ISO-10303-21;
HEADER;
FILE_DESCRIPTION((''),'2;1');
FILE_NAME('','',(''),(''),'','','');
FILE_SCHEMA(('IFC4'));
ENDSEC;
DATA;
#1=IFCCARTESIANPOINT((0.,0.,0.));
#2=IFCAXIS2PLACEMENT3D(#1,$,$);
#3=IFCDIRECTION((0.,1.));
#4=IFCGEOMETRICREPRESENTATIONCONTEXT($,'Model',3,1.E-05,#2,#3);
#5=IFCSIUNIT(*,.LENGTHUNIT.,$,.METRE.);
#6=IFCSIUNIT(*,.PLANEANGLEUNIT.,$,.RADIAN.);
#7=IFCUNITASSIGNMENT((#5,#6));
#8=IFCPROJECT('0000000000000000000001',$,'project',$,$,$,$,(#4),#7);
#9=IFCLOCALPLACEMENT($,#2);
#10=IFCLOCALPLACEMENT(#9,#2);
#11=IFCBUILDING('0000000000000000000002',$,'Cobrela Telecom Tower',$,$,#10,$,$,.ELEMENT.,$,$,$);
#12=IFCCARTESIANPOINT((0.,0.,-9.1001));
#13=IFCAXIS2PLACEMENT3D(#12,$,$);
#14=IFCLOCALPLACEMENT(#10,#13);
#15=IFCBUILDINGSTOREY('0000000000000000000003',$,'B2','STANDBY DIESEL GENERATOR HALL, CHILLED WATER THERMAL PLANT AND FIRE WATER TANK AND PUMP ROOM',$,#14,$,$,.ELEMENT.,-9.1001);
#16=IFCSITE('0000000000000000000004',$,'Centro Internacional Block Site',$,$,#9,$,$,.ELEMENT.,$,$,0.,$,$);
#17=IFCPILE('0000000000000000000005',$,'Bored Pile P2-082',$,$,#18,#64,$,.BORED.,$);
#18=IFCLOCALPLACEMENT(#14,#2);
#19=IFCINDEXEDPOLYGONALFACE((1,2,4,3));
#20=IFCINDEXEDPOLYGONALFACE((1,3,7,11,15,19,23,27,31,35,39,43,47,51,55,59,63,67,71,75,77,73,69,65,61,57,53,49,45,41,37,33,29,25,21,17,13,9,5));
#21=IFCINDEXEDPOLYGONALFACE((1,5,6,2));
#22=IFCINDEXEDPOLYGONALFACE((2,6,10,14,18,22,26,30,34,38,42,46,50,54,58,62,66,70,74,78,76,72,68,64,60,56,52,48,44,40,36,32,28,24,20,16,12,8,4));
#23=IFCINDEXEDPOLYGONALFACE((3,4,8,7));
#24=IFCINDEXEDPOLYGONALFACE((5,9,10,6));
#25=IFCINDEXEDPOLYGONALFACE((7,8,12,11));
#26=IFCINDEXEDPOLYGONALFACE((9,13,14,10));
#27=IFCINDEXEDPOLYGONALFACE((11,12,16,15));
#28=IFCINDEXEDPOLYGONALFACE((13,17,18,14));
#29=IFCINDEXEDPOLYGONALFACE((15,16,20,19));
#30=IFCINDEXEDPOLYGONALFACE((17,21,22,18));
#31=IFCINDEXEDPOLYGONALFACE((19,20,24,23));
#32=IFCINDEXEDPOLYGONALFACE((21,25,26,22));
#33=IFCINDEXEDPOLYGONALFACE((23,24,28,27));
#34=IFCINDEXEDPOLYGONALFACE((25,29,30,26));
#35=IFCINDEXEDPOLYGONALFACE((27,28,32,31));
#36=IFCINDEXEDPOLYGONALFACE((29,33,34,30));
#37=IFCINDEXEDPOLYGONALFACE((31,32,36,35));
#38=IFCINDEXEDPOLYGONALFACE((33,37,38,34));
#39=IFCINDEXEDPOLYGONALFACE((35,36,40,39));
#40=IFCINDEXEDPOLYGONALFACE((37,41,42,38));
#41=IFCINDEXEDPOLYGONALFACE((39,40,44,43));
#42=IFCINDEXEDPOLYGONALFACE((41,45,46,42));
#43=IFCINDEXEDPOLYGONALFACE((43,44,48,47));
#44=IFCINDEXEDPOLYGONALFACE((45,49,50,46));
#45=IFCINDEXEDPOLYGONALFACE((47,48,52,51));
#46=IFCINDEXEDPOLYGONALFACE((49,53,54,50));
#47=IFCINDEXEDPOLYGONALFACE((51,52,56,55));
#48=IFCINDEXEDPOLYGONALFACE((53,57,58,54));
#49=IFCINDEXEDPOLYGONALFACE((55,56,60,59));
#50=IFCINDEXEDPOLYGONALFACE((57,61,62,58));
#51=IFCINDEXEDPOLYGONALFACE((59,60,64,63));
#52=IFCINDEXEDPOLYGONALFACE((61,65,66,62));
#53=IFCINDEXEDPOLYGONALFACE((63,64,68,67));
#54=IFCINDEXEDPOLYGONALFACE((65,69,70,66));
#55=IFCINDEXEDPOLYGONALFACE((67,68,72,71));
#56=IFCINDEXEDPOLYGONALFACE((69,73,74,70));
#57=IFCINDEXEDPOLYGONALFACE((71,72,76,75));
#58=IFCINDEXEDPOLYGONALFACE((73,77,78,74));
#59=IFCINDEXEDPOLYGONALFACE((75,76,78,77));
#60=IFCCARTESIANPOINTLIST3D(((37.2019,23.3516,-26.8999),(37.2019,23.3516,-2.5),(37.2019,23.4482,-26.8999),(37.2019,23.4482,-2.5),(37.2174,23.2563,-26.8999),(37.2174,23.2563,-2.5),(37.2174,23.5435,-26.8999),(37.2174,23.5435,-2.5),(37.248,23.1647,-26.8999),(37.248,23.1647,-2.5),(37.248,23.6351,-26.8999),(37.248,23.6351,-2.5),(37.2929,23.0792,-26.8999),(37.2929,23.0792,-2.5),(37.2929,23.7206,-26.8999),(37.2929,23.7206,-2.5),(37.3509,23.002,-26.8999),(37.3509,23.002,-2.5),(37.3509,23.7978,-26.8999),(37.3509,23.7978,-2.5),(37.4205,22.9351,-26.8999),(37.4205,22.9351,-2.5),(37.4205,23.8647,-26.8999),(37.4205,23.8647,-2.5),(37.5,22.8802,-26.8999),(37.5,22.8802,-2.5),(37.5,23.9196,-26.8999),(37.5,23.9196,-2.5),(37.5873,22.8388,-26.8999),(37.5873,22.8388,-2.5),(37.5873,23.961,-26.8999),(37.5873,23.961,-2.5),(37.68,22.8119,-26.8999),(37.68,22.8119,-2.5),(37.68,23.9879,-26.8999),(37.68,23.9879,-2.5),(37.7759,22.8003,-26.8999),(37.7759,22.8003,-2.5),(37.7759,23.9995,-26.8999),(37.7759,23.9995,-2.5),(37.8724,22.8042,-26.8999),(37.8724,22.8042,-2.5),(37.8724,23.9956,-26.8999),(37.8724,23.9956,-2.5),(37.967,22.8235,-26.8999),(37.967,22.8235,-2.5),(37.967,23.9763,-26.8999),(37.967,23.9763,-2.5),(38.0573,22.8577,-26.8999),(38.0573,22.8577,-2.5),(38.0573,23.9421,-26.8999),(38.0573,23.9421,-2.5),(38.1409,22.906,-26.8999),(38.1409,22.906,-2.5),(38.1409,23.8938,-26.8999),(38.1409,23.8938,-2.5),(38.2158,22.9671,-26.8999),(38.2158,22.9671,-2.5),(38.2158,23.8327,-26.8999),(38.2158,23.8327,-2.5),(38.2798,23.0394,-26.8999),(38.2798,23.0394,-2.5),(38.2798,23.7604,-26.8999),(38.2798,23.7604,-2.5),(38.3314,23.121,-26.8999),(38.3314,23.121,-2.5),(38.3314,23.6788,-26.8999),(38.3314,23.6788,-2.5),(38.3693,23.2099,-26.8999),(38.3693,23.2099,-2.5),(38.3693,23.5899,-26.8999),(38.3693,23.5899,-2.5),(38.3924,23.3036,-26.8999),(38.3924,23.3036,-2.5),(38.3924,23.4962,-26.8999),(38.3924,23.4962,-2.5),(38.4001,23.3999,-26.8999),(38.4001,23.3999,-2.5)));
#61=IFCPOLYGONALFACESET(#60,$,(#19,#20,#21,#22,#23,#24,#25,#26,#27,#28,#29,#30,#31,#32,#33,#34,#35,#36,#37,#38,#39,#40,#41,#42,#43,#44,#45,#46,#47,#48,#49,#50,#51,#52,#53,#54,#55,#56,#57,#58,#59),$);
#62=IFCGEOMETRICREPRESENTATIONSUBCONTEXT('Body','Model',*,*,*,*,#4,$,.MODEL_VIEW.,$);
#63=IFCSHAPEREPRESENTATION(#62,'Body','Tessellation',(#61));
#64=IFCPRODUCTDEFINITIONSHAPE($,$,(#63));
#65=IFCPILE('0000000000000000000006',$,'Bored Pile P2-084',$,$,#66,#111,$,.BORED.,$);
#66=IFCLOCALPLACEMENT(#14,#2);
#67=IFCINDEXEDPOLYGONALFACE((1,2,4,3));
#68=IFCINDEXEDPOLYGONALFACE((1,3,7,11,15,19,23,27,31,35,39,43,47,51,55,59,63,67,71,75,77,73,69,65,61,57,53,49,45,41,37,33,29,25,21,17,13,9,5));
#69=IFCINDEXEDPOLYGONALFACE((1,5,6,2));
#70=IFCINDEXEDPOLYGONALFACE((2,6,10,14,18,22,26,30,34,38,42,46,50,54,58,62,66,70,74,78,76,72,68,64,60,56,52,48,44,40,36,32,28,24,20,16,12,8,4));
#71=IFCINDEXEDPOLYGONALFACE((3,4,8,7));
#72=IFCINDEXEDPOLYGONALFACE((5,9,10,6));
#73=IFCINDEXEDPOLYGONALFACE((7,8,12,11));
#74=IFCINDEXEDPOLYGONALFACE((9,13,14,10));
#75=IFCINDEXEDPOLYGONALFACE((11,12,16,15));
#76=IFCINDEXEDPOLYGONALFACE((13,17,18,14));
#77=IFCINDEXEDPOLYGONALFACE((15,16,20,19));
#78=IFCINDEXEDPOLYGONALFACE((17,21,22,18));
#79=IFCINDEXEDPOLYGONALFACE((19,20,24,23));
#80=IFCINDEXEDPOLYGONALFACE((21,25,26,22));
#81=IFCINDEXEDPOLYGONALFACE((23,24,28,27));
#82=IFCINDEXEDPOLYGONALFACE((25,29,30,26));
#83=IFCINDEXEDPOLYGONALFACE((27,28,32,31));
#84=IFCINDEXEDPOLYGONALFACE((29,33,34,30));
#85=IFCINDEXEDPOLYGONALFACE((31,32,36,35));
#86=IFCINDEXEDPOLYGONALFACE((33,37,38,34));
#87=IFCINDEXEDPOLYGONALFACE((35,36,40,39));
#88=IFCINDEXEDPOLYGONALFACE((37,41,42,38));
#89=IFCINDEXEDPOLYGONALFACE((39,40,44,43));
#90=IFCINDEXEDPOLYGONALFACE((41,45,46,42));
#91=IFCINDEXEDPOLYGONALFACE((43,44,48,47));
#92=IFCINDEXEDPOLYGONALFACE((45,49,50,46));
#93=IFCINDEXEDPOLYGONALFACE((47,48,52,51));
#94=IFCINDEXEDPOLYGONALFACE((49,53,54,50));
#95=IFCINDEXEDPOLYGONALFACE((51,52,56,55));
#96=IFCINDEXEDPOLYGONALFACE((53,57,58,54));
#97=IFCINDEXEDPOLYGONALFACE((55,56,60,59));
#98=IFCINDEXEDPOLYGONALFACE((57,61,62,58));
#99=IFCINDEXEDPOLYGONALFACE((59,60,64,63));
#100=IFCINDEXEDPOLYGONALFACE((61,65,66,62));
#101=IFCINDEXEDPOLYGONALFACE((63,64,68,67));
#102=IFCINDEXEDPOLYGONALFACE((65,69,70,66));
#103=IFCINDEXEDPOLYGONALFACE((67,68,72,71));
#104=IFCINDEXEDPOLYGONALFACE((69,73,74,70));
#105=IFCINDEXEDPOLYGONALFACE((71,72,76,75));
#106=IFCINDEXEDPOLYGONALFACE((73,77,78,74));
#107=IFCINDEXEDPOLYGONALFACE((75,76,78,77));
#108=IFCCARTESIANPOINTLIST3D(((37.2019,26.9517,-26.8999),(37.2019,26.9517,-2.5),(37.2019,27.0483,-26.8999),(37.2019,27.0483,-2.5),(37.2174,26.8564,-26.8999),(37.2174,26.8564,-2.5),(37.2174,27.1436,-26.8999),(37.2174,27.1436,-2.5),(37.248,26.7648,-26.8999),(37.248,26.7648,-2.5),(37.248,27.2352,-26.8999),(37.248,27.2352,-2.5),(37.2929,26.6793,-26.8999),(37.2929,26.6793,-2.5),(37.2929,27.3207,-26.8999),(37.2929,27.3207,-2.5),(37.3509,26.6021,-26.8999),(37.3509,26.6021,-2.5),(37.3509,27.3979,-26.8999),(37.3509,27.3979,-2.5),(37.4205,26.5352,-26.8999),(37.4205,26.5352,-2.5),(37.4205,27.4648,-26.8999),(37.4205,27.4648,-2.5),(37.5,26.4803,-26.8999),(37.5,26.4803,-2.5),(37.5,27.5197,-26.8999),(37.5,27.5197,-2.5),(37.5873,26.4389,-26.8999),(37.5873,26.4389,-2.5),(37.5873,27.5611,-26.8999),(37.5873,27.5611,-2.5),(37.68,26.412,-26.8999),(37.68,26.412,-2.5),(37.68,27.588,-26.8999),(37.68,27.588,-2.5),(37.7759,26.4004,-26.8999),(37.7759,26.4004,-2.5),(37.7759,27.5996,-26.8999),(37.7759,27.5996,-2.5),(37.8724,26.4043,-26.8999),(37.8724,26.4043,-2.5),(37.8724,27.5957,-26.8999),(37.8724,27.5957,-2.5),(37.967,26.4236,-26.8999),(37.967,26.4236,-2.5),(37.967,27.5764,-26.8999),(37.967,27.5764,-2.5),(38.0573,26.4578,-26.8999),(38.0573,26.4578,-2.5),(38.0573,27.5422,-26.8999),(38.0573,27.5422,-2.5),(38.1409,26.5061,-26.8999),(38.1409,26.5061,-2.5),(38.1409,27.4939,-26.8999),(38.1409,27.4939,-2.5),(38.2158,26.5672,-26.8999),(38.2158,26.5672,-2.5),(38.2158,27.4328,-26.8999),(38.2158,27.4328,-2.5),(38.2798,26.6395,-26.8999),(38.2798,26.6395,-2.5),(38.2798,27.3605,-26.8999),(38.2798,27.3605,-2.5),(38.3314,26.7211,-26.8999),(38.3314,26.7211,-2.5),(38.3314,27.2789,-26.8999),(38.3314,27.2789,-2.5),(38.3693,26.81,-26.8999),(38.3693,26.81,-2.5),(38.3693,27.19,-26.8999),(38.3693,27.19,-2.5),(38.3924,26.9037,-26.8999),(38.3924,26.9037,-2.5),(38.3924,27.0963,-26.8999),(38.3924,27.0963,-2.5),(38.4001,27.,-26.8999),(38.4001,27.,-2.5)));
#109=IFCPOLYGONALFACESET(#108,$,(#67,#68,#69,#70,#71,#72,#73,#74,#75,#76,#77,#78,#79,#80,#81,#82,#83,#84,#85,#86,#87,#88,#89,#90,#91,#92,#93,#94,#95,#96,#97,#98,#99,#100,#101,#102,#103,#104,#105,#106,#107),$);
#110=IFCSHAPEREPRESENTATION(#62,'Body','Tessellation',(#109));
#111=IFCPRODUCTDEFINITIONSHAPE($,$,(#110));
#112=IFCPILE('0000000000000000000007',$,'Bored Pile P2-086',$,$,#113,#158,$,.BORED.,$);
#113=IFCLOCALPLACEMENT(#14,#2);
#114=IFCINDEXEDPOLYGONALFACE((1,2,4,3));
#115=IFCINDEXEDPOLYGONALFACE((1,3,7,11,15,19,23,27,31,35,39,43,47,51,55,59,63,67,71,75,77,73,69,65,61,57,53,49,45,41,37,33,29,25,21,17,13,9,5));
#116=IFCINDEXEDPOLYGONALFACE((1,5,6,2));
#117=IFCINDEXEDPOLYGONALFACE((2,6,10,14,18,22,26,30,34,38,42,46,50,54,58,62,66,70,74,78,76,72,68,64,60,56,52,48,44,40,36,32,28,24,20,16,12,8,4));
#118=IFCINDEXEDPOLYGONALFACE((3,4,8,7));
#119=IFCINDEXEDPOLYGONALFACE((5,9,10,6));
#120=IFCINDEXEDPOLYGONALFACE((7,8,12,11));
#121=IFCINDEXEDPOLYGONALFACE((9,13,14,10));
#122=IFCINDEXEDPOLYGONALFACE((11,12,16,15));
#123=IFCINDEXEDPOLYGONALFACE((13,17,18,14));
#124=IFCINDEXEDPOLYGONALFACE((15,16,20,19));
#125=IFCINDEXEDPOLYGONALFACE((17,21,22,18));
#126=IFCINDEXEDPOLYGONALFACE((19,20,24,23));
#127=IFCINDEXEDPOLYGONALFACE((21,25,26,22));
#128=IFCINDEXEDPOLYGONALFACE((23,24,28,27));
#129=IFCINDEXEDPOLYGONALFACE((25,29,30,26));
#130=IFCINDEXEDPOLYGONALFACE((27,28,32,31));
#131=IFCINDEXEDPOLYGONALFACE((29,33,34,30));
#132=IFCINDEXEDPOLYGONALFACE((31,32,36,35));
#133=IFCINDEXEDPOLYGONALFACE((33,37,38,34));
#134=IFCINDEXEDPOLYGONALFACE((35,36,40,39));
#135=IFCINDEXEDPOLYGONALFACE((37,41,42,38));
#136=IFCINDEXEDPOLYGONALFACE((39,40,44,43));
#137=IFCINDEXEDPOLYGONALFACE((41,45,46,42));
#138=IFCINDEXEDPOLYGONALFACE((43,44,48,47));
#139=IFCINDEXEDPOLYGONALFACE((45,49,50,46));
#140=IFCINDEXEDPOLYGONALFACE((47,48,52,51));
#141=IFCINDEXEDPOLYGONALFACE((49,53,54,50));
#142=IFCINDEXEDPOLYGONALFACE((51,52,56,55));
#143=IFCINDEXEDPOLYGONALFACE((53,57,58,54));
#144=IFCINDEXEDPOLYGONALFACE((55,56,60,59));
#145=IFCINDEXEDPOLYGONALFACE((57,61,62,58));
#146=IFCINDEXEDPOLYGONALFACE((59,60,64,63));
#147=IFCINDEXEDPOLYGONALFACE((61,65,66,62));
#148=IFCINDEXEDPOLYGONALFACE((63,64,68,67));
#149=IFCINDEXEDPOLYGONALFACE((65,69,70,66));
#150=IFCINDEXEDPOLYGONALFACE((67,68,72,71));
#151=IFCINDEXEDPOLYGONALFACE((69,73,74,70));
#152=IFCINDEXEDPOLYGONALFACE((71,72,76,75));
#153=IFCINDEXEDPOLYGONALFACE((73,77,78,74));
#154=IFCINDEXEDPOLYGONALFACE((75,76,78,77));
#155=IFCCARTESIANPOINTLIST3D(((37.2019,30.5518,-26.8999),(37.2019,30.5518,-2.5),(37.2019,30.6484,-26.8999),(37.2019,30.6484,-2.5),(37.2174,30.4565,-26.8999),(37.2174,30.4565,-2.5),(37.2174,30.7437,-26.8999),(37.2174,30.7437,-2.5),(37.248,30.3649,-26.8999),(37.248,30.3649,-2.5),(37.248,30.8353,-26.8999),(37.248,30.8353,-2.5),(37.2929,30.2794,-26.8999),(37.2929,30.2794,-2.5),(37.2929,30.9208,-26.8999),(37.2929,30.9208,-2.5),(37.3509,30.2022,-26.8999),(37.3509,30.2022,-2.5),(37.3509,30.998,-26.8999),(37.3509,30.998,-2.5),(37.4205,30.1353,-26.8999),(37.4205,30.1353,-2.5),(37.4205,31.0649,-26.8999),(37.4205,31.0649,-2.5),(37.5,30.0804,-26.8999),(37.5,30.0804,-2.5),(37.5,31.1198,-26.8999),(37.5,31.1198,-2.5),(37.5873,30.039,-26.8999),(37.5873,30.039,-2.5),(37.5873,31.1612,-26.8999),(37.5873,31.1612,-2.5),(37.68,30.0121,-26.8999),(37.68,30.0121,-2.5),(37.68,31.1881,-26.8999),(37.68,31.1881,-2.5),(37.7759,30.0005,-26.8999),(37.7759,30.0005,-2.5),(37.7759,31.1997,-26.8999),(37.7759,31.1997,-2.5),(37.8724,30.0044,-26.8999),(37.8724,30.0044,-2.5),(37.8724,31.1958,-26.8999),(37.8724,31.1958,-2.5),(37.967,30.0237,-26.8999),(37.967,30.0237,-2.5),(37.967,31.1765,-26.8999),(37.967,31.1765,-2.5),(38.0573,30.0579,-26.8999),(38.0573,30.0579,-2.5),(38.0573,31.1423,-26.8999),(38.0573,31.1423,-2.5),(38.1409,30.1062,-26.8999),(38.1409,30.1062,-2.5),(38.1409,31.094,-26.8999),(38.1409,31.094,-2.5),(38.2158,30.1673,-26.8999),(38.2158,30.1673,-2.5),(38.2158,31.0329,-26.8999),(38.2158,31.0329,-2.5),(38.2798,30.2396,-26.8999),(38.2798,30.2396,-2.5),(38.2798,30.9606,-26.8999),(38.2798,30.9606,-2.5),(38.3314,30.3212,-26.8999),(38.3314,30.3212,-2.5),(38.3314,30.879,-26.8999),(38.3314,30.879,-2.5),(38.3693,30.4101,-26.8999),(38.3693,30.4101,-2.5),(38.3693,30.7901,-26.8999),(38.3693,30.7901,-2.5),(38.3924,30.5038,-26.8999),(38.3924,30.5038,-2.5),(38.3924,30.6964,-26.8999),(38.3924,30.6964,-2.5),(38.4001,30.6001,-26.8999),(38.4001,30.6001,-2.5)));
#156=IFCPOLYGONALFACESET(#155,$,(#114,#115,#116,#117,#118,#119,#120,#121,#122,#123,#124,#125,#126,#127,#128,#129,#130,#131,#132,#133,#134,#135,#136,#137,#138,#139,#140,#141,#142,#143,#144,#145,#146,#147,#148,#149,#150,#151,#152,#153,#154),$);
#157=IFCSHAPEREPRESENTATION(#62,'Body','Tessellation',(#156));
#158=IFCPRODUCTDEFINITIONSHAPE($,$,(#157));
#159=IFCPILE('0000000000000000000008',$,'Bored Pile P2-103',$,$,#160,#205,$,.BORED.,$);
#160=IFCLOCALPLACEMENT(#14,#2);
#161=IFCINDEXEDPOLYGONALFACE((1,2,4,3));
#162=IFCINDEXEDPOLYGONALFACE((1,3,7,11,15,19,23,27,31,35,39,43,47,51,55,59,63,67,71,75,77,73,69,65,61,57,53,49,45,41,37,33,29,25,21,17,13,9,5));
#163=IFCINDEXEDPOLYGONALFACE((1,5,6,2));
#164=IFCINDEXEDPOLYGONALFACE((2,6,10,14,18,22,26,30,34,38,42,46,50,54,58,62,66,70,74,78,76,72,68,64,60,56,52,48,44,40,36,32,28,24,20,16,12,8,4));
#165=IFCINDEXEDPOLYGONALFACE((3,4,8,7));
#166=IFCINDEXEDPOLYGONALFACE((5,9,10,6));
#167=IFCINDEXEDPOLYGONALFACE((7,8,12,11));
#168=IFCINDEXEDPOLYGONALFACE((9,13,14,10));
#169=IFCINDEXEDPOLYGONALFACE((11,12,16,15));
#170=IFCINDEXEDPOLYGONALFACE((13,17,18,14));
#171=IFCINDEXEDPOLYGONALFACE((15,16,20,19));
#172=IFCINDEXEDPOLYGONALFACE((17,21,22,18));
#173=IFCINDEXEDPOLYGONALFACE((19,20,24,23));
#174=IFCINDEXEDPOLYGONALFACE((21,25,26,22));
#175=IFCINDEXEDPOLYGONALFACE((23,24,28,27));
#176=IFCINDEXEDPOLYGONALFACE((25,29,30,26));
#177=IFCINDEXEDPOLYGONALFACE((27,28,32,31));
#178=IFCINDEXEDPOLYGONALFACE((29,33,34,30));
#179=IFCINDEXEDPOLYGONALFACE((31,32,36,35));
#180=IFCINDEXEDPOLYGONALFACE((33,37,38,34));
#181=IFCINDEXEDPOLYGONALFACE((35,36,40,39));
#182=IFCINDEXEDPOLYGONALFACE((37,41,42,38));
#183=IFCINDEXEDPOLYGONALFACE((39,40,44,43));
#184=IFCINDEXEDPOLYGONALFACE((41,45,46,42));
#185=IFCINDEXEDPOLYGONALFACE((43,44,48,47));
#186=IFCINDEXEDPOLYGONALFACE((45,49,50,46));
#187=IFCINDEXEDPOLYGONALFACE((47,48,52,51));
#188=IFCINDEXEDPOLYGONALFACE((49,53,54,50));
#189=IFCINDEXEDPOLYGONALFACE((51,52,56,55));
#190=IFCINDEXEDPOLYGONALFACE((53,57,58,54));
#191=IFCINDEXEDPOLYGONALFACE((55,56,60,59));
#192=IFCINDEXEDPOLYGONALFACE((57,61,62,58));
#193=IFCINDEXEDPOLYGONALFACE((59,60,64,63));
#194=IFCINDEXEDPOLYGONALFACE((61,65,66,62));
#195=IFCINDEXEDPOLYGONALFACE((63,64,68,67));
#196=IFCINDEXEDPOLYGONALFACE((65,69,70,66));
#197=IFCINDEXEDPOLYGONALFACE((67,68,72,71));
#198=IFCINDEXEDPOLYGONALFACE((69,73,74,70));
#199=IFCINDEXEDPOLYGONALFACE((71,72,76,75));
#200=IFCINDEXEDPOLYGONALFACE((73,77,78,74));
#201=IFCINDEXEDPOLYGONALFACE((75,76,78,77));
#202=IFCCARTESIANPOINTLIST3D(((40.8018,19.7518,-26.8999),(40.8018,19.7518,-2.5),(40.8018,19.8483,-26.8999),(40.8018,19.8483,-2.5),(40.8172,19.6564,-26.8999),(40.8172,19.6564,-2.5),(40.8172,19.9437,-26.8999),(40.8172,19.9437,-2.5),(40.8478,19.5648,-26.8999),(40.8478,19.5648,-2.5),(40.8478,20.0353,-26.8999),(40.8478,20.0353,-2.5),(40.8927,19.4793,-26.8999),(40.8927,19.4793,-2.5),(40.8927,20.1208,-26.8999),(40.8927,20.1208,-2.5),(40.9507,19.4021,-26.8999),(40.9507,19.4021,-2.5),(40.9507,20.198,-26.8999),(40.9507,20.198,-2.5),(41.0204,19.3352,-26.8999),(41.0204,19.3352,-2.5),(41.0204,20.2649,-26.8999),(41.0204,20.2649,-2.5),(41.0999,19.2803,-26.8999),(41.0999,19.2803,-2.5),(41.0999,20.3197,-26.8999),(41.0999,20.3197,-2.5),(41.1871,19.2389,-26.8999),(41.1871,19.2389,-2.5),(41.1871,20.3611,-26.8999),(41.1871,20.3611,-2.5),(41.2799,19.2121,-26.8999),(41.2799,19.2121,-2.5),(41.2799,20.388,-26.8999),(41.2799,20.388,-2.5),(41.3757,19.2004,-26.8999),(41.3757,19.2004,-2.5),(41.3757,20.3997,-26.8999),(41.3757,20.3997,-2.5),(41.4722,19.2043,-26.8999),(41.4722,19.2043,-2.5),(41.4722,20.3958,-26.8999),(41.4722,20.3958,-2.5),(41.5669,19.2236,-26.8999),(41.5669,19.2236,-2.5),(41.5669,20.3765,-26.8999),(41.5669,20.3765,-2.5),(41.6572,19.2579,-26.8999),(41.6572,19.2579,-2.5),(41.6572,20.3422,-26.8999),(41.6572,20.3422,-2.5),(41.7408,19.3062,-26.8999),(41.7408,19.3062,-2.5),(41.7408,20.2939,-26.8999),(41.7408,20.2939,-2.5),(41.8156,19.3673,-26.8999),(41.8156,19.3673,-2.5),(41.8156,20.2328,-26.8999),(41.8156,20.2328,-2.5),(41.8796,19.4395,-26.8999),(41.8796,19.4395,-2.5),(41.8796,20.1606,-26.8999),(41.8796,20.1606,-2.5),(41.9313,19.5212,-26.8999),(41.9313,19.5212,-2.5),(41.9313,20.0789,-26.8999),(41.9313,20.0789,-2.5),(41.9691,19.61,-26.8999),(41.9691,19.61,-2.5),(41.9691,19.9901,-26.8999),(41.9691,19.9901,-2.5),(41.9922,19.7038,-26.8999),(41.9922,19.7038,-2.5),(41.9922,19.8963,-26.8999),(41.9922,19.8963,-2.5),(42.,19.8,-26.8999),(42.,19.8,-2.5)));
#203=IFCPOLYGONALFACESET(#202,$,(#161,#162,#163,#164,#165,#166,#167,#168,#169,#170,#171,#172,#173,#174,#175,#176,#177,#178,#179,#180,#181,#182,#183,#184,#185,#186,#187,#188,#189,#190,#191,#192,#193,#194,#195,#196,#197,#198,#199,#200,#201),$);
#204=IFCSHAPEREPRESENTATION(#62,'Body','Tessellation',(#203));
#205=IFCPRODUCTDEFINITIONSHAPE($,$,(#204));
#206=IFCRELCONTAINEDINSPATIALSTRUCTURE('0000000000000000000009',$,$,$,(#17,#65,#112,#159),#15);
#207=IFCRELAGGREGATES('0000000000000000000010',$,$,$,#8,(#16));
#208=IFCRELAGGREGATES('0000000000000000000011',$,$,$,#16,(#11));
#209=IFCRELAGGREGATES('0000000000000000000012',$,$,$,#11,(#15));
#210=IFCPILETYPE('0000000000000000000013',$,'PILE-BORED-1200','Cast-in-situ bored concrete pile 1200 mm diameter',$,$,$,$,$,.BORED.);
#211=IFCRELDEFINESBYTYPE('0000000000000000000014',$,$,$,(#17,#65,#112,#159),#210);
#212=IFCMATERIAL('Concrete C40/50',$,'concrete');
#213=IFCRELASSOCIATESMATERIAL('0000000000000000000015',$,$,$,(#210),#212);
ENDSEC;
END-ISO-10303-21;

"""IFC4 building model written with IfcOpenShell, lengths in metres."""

from ifc_helpers import new_model, si_unit, direction, frame, origin, origin_2d, place, context, subcontext, project, spatial, circle, extrude, material, material_profile, profile_set, type_object, element, save


model = new_model("IFC4")

# Units and contexts
model_context = context("Model", 3, precision=1e-05, world=origin(), true_north=direction((0.0, 1.0)))
body_context = subcontext(model_context, "Body", "Model", "MODEL_VIEW")
ifc_project = project(units=[si_unit("LENGTHUNIT", "METRE"), si_unit("PLANEANGLEUNIT", "RADIAN")], contexts=[model_context])

# Site, building, storey
site_placement = place(None, origin())
site = spatial("IfcSite", under=ifc_project, at=site_placement, Name="Centro Internacional Block Site", CompositionType="ELEMENT", RefElevation=0.0)
building_placement = place(site_placement, origin())
building = spatial("IfcBuilding", under=site, at=building_placement, Name="Cobrela Telecom Tower", CompositionType="ELEMENT")
storey_placement = place(building_placement, frame((0.0, 0.0, -9.1001)))
storey = spatial("IfcBuildingStorey", under=building, at=storey_placement, Name="B2", Description="STANDBY DIESEL GENERATOR HALL, CHILLED WATER THERMAL PLANT AND FIRE WATER TANK AND PUMP ROOM", CompositionType="ELEMENT", Elevation=-9.1001)

# Shared definitions
ifc_material_1 = material(Name="Concrete C40/50", Category="concrete")

# Piles
ifc_material_profile_1 = material_profile(ifc_material_1, circle(Radius=0.6001, at=origin_2d()), Name="BORED PILE D1200")
ifc_profile_set_1 = profile_set([ifc_material_profile_1], Name="Concrete C40/50")
pile_type = type_object("IfcPileType", Name="PILE-BORED-1200", Description="Cast-in-situ bored concrete pile 1200 mm diameter", PredefinedType="BORED", material=ifc_profile_set_1)
for number, where, z_axis, x_axis, name in (
    (1, (37.8, 23.3999, -2.5), (0.0, 0.0, -1.0), (1.0, 0.0, 0.0), "Bored Pile P2-082"),
    (2, (37.8, 27.0, -2.5), (0.0, 0.0, -1.0), (1.0, 0.0, 0.0), "Bored Pile P2-084"),
    (3, (37.8, 30.6001, -2.5), (0.0, 0.0, -1.0), (1.0, 0.0, 0.0), "Bored Pile P2-086"),
    (4, (41.3999, 19.8, -2.5), (0.0, 0.0, -1.0), (1.0, 0.0, 0.0), "Bored Pile P2-103"),
):
    element("IfcPile", number, at=place(storey_placement, frame(where, z_axis=z_axis, x_axis=x_axis)), inside=storey, type_object=pile_type, Name=name, PredefinedType="BORED", context=body_context, shape_type="SweptSolid", body=[
        extrude(circle(Radius=0.6001, at=origin_2d()), origin(), (0.0, 0.0, 1.0), 24.3999),
    ])

save(model, "model.ifc")
